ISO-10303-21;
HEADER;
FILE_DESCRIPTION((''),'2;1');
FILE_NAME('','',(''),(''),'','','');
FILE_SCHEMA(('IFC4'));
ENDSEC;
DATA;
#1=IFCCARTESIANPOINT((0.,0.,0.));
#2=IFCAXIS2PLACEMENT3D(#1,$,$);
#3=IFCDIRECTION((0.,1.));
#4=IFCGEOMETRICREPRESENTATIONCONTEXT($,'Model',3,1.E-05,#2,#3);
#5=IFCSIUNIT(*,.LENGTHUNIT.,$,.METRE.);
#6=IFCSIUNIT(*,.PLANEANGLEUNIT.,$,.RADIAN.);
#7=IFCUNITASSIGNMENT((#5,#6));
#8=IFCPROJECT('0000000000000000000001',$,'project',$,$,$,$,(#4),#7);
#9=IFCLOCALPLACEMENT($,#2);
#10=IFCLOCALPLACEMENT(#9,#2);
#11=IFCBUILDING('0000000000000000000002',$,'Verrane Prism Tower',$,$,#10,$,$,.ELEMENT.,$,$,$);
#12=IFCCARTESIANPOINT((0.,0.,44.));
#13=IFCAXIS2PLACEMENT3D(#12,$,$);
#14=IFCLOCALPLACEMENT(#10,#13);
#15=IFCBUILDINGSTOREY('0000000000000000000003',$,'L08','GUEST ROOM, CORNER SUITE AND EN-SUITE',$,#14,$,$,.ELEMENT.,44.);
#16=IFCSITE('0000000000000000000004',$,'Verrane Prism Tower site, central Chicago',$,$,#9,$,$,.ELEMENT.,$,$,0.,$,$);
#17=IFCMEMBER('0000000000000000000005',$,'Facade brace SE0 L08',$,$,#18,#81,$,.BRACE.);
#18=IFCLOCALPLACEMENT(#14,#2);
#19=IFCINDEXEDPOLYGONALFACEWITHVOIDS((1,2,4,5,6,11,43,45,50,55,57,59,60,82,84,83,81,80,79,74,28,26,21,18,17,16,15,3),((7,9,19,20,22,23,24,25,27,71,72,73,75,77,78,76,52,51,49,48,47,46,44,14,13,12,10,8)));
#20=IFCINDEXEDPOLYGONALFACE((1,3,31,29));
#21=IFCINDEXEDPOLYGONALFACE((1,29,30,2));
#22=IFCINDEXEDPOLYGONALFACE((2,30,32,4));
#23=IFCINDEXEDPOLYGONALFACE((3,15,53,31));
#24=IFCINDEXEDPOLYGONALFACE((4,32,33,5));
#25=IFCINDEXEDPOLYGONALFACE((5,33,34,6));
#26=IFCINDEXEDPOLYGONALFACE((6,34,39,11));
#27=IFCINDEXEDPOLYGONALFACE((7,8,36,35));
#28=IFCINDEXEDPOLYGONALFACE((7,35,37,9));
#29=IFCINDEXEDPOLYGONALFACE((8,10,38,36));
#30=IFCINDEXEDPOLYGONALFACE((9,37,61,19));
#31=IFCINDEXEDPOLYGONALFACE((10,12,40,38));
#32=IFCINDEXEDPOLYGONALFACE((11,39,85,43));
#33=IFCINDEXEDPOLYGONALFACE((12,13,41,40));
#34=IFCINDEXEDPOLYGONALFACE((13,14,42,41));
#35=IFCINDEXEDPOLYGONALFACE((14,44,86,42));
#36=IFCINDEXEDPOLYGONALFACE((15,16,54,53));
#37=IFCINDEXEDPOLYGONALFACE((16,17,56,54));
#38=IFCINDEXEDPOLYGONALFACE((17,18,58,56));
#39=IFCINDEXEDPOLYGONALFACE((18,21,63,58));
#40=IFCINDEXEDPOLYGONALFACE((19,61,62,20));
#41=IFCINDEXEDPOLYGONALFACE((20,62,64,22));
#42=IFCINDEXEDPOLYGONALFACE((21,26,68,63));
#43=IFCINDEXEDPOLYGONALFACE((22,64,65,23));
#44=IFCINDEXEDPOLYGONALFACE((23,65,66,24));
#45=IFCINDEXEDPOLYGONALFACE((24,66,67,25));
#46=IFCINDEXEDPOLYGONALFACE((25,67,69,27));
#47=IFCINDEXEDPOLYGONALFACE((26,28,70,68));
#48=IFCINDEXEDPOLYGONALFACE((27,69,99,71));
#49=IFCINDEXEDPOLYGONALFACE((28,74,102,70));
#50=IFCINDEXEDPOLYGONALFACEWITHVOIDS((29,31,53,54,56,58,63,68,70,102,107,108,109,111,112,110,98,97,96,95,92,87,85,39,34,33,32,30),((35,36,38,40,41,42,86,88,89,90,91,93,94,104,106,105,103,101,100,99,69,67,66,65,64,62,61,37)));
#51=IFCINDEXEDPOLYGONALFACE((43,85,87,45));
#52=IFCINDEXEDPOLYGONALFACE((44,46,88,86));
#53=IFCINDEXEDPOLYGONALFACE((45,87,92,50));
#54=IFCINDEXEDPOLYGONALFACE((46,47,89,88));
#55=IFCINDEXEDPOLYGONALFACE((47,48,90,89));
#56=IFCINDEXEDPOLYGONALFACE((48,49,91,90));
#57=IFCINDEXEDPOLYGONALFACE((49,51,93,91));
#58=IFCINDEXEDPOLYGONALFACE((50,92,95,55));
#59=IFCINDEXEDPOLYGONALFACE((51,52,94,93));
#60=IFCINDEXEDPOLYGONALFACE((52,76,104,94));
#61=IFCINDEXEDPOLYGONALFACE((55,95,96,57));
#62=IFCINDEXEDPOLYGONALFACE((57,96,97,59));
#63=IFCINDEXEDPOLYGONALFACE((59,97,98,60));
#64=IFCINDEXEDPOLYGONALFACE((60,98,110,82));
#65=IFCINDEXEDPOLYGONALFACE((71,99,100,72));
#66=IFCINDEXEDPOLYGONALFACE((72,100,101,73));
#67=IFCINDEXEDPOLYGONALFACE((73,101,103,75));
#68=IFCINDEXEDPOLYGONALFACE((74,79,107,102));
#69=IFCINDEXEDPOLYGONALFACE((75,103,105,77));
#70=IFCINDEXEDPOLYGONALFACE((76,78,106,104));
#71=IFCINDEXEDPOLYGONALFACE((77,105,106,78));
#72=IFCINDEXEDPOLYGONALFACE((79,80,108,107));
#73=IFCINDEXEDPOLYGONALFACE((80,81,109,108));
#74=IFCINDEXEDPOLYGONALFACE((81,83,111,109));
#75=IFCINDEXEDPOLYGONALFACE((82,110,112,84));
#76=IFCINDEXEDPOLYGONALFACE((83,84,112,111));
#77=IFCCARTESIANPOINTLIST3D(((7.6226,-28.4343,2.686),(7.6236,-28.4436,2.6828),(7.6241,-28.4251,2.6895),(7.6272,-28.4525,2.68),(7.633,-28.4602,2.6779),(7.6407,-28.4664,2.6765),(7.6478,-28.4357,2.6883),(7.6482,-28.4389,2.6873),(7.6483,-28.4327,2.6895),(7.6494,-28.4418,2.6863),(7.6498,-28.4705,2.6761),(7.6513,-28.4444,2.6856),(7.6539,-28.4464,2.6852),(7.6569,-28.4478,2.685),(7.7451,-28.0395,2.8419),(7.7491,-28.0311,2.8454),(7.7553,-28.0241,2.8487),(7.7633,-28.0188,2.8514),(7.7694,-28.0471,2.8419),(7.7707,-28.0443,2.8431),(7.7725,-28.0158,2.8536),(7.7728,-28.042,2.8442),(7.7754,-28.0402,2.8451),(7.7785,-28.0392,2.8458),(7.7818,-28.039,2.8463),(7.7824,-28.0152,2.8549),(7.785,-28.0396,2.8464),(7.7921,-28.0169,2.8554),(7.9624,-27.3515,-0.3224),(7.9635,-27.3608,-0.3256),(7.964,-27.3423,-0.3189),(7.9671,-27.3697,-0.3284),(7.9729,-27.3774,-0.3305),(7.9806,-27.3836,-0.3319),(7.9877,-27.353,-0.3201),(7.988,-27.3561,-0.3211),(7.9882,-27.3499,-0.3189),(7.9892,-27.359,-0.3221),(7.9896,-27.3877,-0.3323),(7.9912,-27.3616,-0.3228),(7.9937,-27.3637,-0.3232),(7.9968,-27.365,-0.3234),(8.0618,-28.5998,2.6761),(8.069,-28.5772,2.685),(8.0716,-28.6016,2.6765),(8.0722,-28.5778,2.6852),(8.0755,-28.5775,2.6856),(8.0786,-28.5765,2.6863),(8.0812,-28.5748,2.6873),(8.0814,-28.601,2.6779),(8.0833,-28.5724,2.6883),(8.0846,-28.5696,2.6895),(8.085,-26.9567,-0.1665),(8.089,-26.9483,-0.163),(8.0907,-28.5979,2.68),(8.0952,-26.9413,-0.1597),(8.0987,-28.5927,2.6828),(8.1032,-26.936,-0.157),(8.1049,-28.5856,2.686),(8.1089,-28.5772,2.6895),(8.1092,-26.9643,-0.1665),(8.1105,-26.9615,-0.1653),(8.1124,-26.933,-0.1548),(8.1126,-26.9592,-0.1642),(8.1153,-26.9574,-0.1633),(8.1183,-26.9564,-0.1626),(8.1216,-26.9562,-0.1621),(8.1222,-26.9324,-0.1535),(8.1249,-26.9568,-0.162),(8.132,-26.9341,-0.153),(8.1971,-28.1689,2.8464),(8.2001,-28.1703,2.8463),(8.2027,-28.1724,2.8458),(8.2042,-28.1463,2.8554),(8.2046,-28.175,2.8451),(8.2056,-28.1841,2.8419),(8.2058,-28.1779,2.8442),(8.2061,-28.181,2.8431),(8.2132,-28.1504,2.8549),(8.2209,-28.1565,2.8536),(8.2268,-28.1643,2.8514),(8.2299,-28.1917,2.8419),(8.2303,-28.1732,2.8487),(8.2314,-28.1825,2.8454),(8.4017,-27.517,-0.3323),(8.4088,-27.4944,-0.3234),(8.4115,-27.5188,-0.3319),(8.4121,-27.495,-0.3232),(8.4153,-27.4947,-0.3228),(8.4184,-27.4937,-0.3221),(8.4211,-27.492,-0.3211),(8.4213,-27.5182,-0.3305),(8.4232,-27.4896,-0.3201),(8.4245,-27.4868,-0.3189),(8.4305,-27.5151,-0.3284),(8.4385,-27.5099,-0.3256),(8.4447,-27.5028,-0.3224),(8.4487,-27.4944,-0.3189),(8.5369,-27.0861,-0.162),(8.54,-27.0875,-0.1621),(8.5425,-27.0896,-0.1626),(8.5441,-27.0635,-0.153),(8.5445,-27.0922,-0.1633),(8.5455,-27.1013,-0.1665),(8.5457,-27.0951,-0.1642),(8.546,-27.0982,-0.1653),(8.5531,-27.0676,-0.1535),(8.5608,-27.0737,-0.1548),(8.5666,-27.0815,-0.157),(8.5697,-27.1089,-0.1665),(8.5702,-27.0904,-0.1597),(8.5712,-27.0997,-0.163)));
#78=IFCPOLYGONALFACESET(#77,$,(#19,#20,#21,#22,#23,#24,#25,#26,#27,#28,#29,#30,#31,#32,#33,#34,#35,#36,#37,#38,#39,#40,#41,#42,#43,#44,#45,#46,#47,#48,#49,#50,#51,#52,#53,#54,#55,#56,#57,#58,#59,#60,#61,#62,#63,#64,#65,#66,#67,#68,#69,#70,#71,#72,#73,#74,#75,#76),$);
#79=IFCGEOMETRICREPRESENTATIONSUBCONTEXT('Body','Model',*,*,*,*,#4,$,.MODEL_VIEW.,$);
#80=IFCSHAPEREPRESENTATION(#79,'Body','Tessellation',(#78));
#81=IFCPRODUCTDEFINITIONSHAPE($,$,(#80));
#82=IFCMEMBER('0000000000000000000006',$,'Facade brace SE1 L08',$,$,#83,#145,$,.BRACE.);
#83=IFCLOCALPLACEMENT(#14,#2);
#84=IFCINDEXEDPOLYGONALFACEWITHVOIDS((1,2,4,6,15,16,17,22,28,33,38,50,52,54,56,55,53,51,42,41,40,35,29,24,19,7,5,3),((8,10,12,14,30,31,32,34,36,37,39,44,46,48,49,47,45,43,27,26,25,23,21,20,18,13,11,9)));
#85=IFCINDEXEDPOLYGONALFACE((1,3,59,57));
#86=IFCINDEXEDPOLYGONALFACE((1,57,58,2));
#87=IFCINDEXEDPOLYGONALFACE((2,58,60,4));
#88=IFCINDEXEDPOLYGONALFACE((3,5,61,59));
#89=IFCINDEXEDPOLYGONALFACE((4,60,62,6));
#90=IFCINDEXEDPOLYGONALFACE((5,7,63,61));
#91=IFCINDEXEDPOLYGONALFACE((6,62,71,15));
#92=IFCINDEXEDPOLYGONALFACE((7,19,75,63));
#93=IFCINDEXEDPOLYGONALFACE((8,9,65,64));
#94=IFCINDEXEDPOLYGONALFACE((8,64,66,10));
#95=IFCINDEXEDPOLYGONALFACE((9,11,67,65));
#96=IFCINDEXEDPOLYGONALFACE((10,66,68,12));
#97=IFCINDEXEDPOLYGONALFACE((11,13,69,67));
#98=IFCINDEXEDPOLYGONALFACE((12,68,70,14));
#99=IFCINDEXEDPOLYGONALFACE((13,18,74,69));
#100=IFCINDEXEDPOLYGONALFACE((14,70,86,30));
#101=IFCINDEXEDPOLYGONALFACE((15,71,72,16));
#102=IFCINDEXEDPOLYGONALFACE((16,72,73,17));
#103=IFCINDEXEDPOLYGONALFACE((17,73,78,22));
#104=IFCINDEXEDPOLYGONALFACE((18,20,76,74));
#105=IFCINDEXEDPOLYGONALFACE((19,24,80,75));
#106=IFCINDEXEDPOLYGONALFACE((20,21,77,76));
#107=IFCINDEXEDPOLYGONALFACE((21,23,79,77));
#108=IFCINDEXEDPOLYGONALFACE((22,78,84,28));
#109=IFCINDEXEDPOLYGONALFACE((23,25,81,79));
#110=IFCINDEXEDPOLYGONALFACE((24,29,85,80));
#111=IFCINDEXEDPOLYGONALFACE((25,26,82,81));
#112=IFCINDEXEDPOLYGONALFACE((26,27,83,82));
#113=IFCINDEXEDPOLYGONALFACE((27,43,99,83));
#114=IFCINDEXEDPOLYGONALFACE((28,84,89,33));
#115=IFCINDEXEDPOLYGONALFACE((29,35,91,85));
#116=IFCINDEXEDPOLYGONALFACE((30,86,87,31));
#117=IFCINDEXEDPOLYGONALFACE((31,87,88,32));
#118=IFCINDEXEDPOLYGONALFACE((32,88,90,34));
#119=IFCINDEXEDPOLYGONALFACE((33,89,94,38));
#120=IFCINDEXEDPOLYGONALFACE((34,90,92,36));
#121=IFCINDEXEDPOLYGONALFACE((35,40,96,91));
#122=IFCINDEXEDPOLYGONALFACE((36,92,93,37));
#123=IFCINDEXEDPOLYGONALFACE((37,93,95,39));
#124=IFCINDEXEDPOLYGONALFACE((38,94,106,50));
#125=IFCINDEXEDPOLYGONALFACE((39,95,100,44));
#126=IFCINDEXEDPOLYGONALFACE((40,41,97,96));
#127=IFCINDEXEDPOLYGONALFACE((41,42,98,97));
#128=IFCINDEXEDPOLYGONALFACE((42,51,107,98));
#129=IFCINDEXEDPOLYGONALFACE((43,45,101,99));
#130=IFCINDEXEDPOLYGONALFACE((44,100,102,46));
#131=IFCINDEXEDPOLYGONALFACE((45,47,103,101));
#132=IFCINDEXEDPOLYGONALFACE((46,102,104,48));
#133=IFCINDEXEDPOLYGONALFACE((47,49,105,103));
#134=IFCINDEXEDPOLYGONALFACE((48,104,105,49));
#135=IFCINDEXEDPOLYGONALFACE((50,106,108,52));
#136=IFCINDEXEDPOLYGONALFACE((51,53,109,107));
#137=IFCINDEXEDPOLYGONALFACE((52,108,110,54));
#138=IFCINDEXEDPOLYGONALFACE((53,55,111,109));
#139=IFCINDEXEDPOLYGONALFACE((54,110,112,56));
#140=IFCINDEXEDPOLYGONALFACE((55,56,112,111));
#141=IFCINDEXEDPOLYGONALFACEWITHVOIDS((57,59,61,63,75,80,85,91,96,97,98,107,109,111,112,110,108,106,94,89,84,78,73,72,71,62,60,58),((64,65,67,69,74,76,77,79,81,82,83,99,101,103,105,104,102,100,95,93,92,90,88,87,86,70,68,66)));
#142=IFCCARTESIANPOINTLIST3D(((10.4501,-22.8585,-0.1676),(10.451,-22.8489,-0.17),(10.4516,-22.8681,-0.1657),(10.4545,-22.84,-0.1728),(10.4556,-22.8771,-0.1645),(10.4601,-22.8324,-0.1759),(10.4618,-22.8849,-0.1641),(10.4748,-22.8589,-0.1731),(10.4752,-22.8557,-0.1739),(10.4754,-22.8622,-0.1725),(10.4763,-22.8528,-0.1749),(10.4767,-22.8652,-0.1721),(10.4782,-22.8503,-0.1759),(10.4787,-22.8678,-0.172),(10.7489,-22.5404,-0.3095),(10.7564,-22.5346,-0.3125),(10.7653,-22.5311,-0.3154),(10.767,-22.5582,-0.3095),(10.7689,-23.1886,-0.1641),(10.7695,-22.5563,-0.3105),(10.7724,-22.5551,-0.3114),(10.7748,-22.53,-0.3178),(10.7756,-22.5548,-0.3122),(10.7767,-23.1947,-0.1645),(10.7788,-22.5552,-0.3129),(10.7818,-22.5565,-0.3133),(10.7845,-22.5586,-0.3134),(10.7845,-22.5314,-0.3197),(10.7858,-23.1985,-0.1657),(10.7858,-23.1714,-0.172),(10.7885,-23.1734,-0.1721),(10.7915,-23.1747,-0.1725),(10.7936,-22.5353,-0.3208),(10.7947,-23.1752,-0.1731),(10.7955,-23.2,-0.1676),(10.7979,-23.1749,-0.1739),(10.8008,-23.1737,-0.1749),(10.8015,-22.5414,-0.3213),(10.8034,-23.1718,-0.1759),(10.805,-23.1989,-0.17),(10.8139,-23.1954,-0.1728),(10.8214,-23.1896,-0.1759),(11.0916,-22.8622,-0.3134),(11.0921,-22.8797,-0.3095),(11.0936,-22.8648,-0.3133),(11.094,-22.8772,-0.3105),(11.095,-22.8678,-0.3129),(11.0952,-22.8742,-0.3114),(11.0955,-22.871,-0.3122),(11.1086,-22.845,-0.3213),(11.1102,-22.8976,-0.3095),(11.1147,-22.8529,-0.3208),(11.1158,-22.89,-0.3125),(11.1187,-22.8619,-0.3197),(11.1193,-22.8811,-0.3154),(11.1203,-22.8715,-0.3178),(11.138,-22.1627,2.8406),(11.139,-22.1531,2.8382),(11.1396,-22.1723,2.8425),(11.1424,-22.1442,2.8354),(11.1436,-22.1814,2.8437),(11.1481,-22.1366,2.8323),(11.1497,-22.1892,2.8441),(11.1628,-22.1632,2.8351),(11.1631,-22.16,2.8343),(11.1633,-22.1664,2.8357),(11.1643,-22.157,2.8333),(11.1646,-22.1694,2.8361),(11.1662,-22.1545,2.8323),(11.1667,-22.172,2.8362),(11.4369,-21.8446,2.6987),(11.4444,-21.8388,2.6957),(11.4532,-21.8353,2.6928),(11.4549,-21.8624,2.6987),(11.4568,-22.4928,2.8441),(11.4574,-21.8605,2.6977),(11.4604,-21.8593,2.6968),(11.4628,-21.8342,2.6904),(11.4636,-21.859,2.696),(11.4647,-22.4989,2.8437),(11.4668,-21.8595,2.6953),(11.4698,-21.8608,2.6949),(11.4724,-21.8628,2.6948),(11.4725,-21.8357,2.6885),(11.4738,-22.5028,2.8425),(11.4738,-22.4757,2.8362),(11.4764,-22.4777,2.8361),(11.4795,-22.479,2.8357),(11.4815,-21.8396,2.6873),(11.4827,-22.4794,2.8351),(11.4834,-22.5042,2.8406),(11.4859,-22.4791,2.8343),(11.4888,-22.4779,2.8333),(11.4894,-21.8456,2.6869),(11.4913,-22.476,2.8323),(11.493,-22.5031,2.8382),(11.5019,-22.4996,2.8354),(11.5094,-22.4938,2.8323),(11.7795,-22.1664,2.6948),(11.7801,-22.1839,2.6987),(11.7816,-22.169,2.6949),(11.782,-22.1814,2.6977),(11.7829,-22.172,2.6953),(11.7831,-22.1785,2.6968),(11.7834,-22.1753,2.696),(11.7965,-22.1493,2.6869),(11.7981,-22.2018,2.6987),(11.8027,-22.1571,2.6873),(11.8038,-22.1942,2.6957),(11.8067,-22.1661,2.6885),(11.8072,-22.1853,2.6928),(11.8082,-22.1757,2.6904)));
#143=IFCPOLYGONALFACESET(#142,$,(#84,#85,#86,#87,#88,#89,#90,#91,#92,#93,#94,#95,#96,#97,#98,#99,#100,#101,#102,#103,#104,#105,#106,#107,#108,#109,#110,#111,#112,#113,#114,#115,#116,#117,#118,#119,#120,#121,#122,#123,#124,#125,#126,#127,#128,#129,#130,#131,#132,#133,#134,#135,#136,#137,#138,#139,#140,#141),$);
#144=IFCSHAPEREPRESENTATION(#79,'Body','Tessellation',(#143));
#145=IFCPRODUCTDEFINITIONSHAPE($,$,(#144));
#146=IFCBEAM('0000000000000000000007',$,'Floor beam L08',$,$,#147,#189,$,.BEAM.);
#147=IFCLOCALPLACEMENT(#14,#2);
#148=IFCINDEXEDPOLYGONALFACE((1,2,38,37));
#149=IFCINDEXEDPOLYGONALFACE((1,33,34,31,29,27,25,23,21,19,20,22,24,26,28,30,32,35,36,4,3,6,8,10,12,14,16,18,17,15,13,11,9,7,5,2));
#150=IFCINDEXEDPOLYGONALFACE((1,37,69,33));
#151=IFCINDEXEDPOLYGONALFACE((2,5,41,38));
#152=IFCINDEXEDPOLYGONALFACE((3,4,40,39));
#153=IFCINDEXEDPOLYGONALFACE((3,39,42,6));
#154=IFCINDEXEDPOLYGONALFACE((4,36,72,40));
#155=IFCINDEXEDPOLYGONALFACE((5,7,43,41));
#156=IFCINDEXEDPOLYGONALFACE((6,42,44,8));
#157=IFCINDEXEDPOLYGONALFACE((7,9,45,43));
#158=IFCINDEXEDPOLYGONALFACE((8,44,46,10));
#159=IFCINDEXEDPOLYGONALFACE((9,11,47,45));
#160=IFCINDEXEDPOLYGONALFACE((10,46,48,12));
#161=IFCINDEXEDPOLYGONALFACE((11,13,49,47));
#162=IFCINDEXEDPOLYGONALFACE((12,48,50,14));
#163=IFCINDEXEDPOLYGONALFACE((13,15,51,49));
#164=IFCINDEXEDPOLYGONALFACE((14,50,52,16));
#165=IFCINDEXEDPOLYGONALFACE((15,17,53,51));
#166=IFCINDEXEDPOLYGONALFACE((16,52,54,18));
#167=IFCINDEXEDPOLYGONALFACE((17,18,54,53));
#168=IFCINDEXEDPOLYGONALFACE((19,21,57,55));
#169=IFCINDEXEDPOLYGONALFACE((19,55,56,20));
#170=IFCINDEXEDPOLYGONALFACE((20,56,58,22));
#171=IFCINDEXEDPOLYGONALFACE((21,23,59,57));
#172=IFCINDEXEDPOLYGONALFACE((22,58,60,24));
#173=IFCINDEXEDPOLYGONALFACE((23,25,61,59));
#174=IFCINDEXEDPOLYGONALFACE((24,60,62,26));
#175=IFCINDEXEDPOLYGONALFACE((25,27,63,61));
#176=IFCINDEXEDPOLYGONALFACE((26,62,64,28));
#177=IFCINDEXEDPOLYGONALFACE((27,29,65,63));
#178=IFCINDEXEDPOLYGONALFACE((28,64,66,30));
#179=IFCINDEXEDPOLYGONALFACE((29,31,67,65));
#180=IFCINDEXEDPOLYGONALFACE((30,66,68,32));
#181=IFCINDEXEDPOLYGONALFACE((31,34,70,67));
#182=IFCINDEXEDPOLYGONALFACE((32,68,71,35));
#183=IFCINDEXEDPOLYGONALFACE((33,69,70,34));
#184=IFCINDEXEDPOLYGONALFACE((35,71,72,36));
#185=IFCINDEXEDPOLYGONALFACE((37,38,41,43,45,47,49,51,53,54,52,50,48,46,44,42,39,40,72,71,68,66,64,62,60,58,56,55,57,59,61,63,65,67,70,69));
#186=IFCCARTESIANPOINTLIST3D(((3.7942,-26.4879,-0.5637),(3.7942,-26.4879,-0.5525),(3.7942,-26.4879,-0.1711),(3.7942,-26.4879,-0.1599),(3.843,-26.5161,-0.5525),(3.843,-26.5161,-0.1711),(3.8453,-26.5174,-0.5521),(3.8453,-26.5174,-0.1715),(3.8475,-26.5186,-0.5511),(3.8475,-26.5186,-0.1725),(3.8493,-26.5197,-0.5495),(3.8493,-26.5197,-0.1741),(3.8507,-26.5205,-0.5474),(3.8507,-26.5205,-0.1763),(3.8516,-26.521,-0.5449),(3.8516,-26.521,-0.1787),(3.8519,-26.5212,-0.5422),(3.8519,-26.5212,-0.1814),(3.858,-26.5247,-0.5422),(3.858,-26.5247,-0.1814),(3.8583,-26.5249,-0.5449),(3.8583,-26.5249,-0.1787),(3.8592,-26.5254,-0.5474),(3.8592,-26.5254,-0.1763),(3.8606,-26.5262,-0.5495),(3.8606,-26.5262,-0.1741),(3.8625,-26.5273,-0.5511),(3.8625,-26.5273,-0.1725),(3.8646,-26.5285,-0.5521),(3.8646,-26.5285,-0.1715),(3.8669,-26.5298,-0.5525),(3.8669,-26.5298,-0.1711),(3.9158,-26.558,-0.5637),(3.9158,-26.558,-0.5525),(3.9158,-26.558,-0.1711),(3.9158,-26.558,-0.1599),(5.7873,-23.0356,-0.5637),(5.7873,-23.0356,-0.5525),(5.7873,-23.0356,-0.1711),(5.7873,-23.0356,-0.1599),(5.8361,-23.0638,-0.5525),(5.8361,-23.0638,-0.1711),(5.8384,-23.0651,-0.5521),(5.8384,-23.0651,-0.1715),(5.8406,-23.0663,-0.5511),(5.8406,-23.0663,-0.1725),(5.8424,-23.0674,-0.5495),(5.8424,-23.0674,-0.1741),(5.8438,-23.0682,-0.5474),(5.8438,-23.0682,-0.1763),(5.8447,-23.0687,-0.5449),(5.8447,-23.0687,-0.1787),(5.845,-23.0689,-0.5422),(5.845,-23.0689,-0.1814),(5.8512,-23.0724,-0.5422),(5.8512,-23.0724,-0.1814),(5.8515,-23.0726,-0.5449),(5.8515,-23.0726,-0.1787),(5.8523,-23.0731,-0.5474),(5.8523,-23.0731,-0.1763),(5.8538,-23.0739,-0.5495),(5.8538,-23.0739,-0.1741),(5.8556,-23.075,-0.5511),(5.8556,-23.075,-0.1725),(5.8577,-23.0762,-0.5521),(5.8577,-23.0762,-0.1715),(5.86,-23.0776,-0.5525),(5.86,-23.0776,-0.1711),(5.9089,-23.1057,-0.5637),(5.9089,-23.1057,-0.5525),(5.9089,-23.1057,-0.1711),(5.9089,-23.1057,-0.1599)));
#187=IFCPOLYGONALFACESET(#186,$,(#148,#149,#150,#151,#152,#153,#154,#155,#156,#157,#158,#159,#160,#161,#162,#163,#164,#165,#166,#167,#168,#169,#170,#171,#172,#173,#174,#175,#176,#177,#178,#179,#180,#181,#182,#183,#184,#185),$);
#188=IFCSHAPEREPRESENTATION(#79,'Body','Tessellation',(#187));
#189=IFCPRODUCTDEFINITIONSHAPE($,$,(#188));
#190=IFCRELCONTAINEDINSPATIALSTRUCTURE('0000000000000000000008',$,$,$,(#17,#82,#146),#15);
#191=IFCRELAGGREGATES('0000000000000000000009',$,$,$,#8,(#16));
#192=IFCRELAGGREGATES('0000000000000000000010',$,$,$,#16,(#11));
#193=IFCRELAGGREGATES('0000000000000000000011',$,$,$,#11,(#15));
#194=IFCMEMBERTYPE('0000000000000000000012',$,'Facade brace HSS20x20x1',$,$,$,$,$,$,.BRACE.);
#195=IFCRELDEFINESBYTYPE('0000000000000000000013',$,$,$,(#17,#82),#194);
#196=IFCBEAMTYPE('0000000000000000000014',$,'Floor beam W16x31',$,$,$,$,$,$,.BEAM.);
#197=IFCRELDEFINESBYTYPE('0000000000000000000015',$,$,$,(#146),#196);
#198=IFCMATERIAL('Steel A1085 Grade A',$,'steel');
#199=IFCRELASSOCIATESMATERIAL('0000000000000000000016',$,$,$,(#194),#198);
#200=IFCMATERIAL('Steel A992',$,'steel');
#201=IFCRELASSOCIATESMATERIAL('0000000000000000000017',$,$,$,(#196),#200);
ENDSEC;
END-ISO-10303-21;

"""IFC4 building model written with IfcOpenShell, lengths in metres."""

from ifc_helpers import new_model, si_unit, direction, frame, origin, origin_2d, place, context, subcontext, project, spatial, hollow_rectangle, i_section, extrude, material, material_profile, profile_set, type_object, element, save


model = new_model("IFC4")

# Units and contexts
model_context = context("Model", 3, precision=1e-05, world=origin(), true_north=direction((0.0, 1.0)))
body_context = subcontext(model_context, "Body", "Model", "MODEL_VIEW")
ifc_project = project(units=[si_unit("LENGTHUNIT", "METRE"), si_unit("PLANEANGLEUNIT", "RADIAN")], contexts=[model_context])

# Site, building, storey
site_placement = place(None, origin())
site = spatial("IfcSite", under=ifc_project, at=site_placement, Name="Verrane Prism Tower site, central Chicago", CompositionType="ELEMENT", RefElevation=0.0)
building_placement = place(site_placement, origin())
building = spatial("IfcBuilding", under=site, at=building_placement, Name="Verrane Prism Tower", CompositionType="ELEMENT")
storey_placement = place(building_placement, frame((0.0, 0.0, 44.0)))
storey = spatial("IfcBuildingStorey", under=building, at=storey_placement, Name="L08", Description="GUEST ROOM, CORNER SUITE AND EN-SUITE", CompositionType="ELEMENT", Elevation=44.0)

# Members
ifc_material_1 = material(Name="Steel A1085 Grade A", Category="steel")
ifc_material_profile_1 = material_profile(ifc_material_1, hollow_rectangle(XDim=0.5081, YDim=0.5081, WallThickness=0.0254, InnerFilletRadius=0.0127, OuterFilletRadius=0.0381, at=origin_2d()), Name="HSS20x20x1")
ifc_profile_set_1 = profile_set([ifc_material_profile_1], Name="Steel A1085 Grade A")
member_type_1 = type_object("IfcMemberType", Name="Facade brace HSS20x20x1", PredefinedType="BRACE", material=ifc_profile_set_1)
member_1_placement = place(storey_placement, frame((8.2668, -27.2256, -0.2427), z_axis=(-0.105698, -0.33676, 0.935639), x_axis=(0.954108, -0.299463, 0.0)))
element("IfcMember", 1, at=member_1_placement, inside=storey, type_object=member_type_1, Name="Facade brace SE0 L08", PredefinedType="BRACE", context=body_context, shape_type="SweptSolid", body=[
    extrude(hollow_rectangle(XDim=0.5081, YDim=0.5081, WallThickness=0.0254, InnerFilletRadius=0.0127, OuterFilletRadius=0.0381, at=origin_2d()), origin(), (0.0, 0.0, 1.0), 3.2153),
])
member_2_placement = place(storey_placement, frame((10.7852, -22.865, -0.2427), z_axis=(0.217481, 0.219951, 0.950959), x_axis=(-0.711088, 0.703103, 0.0)))
element("IfcMember", 2, at=member_2_placement, inside=storey, type_object=member_type_1, Name="Facade brace SE1 L08", PredefinedType="BRACE", context=body_context, shape_type="SweptSolid", body=[
    extrude(hollow_rectangle(XDim=0.5081, YDim=0.5081, WallThickness=0.0254, InnerFilletRadius=0.0127, OuterFilletRadius=0.0381, at=origin_2d()), origin(), (0.0, 0.0, 1.0), 3.1633),
])

# Beam
ifc_material_2 = material(Name="Steel A992", Category="steel")
ifc_material_profile_2 = material_profile(ifc_material_2, i_section(OverallWidth=0.1404, OverallDepth=0.4038, WebThickness=0.0071, FlangeThickness=0.0112, FilletRadius=0.0103, at=origin_2d()), Name="W16x31")
ifc_profile_set_2 = profile_set([ifc_material_profile_2], Name="Steel A992")
beam_type_1 = type_object("IfcBeamType", Name="Floor beam W16x31", PredefinedType="BEAM", material=ifc_profile_set_2)
beam_1_placement = place(storey_placement, frame((3.855, -26.5229, -0.3618), z_axis=(0.499986, 0.866034, 0.0), x_axis=(-0.866034, 0.499986, 0.0)))
element("IfcBeam", 3, at=beam_1_placement, inside=storey, type_object=beam_type_1, Name="Floor beam L08", PredefinedType="BEAM", context=body_context, shape_type="SweptSolid", body=[
    extrude(i_section(OverallWidth=0.1404, OverallDepth=0.4038, WebThickness=0.0071, FlangeThickness=0.0112, FilletRadius=0.0103, at=origin_2d()), origin(), (0.0, 0.0, 1.0), 3.9863),
])

save(model, "model.ifc")
